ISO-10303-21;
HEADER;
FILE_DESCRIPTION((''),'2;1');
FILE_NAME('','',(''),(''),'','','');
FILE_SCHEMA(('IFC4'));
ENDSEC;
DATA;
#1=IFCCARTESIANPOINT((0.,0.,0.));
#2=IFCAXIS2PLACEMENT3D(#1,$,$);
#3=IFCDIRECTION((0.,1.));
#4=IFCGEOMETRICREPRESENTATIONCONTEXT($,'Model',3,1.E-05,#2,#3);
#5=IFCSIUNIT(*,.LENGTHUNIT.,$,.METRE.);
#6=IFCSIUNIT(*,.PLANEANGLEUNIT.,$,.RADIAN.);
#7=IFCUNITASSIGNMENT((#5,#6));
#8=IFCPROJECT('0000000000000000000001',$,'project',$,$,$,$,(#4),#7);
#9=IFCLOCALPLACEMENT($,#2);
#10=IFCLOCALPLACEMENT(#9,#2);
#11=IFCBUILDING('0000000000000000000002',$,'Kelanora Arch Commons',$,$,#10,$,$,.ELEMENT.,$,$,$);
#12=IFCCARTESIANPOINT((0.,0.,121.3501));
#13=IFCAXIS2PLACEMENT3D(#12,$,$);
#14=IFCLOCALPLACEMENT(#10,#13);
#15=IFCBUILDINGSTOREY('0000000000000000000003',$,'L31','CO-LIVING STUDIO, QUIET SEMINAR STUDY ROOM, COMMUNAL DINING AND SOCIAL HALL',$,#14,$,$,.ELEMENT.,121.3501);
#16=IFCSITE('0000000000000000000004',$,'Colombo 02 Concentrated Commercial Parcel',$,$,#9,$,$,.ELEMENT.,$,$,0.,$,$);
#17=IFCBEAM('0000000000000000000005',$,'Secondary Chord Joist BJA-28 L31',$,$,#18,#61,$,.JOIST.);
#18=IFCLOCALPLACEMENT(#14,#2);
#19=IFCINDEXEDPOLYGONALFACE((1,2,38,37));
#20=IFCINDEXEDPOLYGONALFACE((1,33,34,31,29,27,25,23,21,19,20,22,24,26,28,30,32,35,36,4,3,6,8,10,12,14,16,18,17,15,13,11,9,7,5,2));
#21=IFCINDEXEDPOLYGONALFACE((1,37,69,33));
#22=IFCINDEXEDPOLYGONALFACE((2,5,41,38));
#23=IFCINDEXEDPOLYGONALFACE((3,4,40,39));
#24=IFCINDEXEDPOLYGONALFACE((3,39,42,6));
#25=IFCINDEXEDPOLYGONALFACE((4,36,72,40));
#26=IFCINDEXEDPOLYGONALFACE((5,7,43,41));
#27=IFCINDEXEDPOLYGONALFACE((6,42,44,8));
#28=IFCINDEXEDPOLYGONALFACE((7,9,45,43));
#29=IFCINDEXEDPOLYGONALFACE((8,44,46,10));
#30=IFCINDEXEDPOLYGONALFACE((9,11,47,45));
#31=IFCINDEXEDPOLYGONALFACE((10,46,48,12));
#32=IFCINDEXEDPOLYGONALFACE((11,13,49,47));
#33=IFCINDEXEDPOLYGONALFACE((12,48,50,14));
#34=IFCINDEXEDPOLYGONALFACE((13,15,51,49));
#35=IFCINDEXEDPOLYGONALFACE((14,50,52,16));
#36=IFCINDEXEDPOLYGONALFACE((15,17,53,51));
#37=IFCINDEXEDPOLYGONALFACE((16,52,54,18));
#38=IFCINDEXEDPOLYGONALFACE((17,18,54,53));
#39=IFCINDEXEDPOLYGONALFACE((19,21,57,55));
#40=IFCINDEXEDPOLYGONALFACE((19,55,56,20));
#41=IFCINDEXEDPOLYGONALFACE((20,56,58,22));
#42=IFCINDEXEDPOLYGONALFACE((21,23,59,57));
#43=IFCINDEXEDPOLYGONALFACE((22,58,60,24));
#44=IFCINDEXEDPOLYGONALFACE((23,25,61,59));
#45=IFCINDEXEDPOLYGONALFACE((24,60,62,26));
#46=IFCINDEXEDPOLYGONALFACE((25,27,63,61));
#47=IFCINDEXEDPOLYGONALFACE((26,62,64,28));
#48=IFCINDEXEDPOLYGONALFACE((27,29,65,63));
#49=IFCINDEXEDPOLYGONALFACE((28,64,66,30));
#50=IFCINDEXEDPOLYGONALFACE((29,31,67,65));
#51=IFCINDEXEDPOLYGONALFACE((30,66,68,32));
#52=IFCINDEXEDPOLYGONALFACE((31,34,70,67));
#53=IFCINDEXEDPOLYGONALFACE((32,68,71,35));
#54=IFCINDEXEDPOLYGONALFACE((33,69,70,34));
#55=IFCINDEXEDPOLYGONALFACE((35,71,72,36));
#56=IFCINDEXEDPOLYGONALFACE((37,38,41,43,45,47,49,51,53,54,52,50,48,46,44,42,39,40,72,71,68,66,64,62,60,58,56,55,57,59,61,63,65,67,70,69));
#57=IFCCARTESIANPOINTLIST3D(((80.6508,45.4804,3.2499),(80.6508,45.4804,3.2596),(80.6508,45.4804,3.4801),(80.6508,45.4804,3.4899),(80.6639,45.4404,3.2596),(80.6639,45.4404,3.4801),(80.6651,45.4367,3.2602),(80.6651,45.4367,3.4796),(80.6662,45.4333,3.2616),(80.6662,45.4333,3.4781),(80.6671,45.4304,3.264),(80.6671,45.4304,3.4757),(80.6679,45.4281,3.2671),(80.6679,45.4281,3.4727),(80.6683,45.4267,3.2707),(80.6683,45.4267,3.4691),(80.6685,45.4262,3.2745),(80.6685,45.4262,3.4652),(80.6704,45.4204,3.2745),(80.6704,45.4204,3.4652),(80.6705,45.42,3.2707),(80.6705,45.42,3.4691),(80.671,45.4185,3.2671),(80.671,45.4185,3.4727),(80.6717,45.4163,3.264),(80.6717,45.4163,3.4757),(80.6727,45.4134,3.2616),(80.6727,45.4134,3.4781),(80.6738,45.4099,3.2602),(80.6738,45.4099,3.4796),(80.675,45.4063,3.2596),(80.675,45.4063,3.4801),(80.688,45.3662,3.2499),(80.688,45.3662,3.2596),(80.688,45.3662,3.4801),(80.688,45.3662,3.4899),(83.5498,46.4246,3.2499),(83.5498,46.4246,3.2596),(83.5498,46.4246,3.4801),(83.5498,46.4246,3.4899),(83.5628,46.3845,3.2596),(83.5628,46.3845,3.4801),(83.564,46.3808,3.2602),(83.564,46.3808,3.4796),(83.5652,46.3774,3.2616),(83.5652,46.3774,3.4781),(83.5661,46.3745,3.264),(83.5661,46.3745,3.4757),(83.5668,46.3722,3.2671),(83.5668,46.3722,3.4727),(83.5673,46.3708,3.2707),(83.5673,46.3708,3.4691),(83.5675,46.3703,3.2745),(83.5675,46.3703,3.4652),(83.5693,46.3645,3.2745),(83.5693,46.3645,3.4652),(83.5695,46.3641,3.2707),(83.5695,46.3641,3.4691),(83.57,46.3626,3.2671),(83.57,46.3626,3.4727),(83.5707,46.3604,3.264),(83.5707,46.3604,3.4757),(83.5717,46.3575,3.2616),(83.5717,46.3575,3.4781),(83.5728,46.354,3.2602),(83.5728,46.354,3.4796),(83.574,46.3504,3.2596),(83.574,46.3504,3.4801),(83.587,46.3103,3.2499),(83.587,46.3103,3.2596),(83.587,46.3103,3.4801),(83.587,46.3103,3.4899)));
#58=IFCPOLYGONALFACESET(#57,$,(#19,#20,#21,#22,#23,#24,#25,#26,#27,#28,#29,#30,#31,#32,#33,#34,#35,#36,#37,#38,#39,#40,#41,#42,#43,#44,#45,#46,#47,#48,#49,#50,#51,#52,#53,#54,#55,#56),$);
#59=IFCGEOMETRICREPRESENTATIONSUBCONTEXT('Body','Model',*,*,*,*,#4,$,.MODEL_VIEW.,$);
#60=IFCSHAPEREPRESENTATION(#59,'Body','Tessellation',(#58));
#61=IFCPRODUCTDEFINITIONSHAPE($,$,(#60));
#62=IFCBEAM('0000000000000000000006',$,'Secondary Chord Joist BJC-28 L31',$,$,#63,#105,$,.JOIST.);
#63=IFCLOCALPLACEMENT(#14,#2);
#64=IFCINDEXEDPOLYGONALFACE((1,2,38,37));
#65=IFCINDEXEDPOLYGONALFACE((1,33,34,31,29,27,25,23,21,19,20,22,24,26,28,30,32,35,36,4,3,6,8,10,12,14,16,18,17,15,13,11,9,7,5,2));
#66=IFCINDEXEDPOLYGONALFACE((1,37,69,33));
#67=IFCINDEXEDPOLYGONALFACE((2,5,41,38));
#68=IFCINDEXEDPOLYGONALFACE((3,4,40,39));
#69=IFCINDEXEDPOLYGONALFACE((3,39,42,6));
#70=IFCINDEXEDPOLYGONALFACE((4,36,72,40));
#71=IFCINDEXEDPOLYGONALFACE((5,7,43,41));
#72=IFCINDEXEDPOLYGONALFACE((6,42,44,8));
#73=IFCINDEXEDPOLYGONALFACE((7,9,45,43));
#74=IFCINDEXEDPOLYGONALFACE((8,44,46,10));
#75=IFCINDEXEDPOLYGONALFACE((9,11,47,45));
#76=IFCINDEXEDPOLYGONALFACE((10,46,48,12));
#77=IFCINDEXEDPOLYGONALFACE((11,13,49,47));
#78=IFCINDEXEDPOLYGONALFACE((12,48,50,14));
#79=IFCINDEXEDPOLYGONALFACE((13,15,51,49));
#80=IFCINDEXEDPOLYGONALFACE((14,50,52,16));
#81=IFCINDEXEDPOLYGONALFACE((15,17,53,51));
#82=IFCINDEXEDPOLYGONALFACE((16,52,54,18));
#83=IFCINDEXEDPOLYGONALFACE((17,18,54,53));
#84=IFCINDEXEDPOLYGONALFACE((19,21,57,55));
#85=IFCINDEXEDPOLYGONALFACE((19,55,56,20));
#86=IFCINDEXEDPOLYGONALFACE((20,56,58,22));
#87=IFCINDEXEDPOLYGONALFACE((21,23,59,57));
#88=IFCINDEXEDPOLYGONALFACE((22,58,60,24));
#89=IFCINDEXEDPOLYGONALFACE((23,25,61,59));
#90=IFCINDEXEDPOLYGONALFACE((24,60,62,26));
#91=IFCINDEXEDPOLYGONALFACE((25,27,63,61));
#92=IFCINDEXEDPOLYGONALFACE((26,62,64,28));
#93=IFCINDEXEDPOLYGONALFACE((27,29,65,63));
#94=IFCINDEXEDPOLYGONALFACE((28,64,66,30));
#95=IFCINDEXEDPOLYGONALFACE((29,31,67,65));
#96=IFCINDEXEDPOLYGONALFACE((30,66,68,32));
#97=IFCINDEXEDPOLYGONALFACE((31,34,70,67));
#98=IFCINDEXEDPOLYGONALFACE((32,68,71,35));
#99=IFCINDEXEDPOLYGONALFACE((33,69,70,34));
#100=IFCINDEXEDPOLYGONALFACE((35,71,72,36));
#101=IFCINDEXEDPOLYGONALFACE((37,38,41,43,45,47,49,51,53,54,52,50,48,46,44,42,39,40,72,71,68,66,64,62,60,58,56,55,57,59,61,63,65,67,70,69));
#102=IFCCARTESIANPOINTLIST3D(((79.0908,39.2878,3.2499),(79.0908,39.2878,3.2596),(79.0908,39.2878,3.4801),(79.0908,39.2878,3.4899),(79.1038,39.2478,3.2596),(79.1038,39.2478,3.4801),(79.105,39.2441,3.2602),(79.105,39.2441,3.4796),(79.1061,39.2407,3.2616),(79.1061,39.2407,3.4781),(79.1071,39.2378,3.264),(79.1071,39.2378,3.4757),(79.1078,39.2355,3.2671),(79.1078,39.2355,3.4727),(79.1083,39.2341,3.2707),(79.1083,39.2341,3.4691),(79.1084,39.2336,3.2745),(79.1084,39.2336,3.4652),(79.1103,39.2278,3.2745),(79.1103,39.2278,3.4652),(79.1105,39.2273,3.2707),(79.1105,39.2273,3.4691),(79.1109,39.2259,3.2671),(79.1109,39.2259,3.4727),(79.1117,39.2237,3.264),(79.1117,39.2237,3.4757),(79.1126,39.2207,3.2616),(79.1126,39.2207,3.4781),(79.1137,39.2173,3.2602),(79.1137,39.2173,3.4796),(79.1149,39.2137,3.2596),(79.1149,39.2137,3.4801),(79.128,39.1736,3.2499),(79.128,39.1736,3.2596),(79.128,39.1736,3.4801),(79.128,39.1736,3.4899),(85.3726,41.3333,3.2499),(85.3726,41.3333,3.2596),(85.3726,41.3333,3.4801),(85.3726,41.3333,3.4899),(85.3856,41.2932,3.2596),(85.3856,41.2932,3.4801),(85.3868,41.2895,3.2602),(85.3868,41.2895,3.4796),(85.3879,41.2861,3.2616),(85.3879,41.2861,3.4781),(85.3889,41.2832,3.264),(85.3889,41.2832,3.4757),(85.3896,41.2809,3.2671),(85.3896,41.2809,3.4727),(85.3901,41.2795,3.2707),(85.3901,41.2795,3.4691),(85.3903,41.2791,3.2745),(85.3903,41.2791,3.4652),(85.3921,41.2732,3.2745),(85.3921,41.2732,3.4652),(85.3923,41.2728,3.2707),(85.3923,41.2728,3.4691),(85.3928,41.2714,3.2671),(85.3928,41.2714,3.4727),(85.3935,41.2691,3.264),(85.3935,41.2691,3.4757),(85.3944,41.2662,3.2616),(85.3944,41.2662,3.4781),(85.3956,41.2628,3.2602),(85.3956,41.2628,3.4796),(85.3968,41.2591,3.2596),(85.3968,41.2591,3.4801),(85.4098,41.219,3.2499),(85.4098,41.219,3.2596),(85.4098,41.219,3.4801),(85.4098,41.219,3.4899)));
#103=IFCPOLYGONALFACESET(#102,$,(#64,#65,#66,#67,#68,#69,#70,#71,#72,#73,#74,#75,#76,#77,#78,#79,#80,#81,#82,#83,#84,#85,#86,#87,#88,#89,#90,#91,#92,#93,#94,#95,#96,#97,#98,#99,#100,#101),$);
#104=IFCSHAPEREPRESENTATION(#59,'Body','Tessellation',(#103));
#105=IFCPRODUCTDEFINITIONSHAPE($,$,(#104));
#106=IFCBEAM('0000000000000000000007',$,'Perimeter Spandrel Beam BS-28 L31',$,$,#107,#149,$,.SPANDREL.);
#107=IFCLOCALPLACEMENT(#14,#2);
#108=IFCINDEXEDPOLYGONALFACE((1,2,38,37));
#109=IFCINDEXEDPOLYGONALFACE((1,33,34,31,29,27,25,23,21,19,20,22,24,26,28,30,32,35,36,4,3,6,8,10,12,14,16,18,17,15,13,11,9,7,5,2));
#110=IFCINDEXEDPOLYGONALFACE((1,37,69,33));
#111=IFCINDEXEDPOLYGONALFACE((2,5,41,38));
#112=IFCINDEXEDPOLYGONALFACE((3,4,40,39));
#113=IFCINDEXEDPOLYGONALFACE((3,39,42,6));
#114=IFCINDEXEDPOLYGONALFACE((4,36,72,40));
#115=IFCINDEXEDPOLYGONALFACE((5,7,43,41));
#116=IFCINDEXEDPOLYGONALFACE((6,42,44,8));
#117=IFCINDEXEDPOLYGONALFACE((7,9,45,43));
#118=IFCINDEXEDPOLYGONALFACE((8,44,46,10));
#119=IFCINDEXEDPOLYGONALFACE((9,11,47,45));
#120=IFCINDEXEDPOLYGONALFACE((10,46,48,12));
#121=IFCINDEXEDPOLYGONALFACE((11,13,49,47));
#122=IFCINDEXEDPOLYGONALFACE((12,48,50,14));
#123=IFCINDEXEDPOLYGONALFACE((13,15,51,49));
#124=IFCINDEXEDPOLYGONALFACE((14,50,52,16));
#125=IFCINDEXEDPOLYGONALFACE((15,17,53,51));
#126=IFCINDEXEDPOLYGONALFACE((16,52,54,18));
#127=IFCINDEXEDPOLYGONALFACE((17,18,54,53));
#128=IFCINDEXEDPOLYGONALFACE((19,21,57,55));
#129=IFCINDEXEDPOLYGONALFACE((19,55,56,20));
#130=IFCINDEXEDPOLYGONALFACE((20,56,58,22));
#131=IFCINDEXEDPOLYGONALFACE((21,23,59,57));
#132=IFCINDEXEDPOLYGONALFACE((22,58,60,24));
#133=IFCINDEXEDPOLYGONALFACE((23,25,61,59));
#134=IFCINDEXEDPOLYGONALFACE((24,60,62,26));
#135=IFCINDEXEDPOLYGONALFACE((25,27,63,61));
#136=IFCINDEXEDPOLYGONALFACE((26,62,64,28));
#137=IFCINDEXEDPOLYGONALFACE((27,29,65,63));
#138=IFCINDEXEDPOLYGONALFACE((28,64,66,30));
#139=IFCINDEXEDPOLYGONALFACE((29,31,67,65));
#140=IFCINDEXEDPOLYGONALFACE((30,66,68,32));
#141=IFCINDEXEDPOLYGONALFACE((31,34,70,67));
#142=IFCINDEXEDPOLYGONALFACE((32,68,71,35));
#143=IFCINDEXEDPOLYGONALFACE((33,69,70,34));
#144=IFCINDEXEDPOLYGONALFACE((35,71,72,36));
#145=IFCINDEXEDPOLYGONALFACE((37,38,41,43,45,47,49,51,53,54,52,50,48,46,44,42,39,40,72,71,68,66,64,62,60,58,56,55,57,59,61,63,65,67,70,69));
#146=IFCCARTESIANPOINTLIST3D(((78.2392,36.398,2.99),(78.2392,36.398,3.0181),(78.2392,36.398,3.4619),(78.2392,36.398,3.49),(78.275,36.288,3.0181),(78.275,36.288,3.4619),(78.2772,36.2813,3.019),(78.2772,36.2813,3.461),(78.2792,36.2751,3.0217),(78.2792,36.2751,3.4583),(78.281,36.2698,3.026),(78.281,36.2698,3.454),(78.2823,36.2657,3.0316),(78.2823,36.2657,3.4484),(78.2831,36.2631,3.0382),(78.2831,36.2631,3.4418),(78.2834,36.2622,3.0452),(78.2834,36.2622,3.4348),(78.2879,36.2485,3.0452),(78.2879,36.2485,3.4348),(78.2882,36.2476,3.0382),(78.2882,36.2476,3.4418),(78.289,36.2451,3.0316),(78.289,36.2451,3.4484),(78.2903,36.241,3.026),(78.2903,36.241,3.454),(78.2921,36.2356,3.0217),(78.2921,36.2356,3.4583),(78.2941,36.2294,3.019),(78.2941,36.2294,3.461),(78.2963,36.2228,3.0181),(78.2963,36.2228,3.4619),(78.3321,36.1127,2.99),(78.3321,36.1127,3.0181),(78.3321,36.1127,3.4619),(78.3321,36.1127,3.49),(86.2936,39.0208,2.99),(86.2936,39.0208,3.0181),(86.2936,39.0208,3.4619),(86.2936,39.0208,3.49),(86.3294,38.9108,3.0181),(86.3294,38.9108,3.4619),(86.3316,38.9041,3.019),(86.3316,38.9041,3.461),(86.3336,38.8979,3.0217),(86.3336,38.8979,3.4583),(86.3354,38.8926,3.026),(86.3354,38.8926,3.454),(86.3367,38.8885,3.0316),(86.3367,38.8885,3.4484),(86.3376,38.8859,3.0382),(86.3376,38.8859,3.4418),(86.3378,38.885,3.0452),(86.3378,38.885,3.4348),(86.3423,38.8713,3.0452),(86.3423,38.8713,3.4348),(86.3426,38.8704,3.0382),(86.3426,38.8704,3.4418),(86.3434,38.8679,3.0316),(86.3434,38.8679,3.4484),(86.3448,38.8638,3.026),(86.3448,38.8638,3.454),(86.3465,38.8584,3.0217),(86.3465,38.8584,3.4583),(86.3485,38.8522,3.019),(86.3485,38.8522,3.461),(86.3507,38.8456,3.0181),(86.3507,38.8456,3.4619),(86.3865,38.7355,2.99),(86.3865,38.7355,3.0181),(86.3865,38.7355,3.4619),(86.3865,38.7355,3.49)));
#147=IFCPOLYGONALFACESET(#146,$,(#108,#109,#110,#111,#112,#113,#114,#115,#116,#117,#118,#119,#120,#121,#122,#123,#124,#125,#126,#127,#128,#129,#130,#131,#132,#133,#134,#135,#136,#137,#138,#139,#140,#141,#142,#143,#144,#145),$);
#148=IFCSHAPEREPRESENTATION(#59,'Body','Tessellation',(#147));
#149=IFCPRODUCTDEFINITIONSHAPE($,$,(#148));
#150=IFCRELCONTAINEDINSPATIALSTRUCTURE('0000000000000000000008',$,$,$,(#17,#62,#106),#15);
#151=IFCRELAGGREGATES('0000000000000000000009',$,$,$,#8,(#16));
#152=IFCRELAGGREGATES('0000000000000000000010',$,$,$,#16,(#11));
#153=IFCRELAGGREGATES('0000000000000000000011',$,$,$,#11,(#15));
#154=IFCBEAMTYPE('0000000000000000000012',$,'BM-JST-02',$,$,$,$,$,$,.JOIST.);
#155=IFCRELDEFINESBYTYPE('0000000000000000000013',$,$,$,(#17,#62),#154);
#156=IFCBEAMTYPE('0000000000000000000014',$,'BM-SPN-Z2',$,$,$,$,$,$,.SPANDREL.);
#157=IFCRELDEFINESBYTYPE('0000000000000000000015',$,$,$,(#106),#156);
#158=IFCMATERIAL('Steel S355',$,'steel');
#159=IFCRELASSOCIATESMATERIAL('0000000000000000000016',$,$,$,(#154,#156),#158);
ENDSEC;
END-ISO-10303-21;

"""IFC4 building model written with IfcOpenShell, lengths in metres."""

from ifc_helpers import new_model, si_unit, direction, frame, origin, origin_2d, place, context, subcontext, project, spatial, i_section, extrude, material, material_profile, profile_set, type_object, element, save


model = new_model("IFC4")

# Units and contexts
model_context = context("Model", 3, precision=1e-05, world=origin(), true_north=direction((0.0, 1.0)))
body_context = subcontext(model_context, "Body", "Model", "MODEL_VIEW")
ifc_project = project(units=[si_unit("LENGTHUNIT", "METRE"), si_unit("PLANEANGLEUNIT", "RADIAN")], contexts=[model_context])

# Site, building, storey
site_placement = place(None, origin())
site = spatial("IfcSite", under=ifc_project, at=site_placement, Name="Colombo 02 Concentrated Commercial Parcel", CompositionType="ELEMENT", RefElevation=0.0)
building_placement = place(site_placement, origin())
building = spatial("IfcBuilding", under=site, at=building_placement, Name="Kelanora Arch Commons", CompositionType="ELEMENT")
storey_placement = place(building_placement, frame((0.0, 0.0, 121.3501)))
storey = spatial("IfcBuildingStorey", under=building, at=storey_placement, Name="L31", Description="CO-LIVING STUDIO, QUIET SEMINAR STUDY ROOM, COMMUNAL DINING AND SOCIAL HALL", CompositionType="ELEMENT", Elevation=121.3501)

# Beams
ifc_material_1 = material(Name="Steel S355", Category="steel")
ifc_material_profile_1 = material_profile(ifc_material_1, i_section(OverallWidth=0.1201, OverallDepth=0.24, WebThickness=0.0061, FlangeThickness=0.0098, FilletRadius=0.0149, at=origin_2d()), Name="IPE240")
ifc_profile_set_1 = profile_set([ifc_material_profile_1], Name="Steel S355")
beam_type_1 = type_object("IfcBeamType", Name="BM-JST-02", PredefinedType="JOIST", material=ifc_profile_set_1)
beam_1_placement = place(storey_placement, frame((80.6694, 45.4233, 3.3699), z_axis=(0.950847, 0.309662, 0.0), x_axis=(-0.309662, 0.950847, 0.0)))
element("IfcBeam", 1, at=beam_1_placement, inside=storey, type_object=beam_type_1, Name="Secondary Chord Joist BJA-28 L31", PredefinedType="JOIST", context=body_context, shape_type="SweptSolid", body=[
    extrude(i_section(OverallWidth=0.1201, OverallDepth=0.24, WebThickness=0.0061, FlangeThickness=0.0098, FilletRadius=0.0149, at=origin_2d()), origin(), (0.0, 0.0, 1.0), 3.0488),
])
beam_2_placement = place(storey_placement, frame((79.1094, 39.2307, 3.3699), z_axis=(0.950863, 0.309612, 0.0), x_axis=(-0.309612, 0.950863, 0.0)))
element("IfcBeam", 2, at=beam_2_placement, inside=storey, type_object=beam_type_1, Name="Secondary Chord Joist BJC-28 L31", PredefinedType="JOIST", context=body_context, shape_type="SweptSolid", body=[
    extrude(i_section(OverallWidth=0.1201, OverallDepth=0.24, WebThickness=0.0061, FlangeThickness=0.0098, FilletRadius=0.0149, at=origin_2d()), origin(), (0.0, 0.0, 1.0), 6.6064),
])
ifc_material_profile_2 = material_profile(ifc_material_1, i_section(OverallWidth=0.3, OverallDepth=0.5, WebThickness=0.0144, FlangeThickness=0.0281, FilletRadius=0.0271, at=origin_2d()), Name="HEB500")
ifc_profile_set_2 = profile_set([ifc_material_profile_2], Name="Steel S355")
beam_type_2 = type_object("IfcBeamType", Name="BM-SPN-Z2", PredefinedType="SPANDREL", material=ifc_profile_set_2)
beam_3_placement = place(storey_placement, frame((78.2856, 36.2554, 3.24), z_axis=(0.950857, 0.309631, 0.0), x_axis=(-0.309631, 0.950857, 0.0)))
element("IfcBeam", 3, at=beam_3_placement, inside=storey, type_object=beam_type_2, Name="Perimeter Spandrel Beam BS-28 L31", PredefinedType="SPANDREL", context=body_context, shape_type="SweptSolid", body=[
    extrude(i_section(OverallWidth=0.3, OverallDepth=0.5, WebThickness=0.0144, FlangeThickness=0.0281, FilletRadius=0.0271, at=origin_2d()), origin(), (0.0, 0.0, 1.0), 8.4707),
])

save(model, "model.ifc")
